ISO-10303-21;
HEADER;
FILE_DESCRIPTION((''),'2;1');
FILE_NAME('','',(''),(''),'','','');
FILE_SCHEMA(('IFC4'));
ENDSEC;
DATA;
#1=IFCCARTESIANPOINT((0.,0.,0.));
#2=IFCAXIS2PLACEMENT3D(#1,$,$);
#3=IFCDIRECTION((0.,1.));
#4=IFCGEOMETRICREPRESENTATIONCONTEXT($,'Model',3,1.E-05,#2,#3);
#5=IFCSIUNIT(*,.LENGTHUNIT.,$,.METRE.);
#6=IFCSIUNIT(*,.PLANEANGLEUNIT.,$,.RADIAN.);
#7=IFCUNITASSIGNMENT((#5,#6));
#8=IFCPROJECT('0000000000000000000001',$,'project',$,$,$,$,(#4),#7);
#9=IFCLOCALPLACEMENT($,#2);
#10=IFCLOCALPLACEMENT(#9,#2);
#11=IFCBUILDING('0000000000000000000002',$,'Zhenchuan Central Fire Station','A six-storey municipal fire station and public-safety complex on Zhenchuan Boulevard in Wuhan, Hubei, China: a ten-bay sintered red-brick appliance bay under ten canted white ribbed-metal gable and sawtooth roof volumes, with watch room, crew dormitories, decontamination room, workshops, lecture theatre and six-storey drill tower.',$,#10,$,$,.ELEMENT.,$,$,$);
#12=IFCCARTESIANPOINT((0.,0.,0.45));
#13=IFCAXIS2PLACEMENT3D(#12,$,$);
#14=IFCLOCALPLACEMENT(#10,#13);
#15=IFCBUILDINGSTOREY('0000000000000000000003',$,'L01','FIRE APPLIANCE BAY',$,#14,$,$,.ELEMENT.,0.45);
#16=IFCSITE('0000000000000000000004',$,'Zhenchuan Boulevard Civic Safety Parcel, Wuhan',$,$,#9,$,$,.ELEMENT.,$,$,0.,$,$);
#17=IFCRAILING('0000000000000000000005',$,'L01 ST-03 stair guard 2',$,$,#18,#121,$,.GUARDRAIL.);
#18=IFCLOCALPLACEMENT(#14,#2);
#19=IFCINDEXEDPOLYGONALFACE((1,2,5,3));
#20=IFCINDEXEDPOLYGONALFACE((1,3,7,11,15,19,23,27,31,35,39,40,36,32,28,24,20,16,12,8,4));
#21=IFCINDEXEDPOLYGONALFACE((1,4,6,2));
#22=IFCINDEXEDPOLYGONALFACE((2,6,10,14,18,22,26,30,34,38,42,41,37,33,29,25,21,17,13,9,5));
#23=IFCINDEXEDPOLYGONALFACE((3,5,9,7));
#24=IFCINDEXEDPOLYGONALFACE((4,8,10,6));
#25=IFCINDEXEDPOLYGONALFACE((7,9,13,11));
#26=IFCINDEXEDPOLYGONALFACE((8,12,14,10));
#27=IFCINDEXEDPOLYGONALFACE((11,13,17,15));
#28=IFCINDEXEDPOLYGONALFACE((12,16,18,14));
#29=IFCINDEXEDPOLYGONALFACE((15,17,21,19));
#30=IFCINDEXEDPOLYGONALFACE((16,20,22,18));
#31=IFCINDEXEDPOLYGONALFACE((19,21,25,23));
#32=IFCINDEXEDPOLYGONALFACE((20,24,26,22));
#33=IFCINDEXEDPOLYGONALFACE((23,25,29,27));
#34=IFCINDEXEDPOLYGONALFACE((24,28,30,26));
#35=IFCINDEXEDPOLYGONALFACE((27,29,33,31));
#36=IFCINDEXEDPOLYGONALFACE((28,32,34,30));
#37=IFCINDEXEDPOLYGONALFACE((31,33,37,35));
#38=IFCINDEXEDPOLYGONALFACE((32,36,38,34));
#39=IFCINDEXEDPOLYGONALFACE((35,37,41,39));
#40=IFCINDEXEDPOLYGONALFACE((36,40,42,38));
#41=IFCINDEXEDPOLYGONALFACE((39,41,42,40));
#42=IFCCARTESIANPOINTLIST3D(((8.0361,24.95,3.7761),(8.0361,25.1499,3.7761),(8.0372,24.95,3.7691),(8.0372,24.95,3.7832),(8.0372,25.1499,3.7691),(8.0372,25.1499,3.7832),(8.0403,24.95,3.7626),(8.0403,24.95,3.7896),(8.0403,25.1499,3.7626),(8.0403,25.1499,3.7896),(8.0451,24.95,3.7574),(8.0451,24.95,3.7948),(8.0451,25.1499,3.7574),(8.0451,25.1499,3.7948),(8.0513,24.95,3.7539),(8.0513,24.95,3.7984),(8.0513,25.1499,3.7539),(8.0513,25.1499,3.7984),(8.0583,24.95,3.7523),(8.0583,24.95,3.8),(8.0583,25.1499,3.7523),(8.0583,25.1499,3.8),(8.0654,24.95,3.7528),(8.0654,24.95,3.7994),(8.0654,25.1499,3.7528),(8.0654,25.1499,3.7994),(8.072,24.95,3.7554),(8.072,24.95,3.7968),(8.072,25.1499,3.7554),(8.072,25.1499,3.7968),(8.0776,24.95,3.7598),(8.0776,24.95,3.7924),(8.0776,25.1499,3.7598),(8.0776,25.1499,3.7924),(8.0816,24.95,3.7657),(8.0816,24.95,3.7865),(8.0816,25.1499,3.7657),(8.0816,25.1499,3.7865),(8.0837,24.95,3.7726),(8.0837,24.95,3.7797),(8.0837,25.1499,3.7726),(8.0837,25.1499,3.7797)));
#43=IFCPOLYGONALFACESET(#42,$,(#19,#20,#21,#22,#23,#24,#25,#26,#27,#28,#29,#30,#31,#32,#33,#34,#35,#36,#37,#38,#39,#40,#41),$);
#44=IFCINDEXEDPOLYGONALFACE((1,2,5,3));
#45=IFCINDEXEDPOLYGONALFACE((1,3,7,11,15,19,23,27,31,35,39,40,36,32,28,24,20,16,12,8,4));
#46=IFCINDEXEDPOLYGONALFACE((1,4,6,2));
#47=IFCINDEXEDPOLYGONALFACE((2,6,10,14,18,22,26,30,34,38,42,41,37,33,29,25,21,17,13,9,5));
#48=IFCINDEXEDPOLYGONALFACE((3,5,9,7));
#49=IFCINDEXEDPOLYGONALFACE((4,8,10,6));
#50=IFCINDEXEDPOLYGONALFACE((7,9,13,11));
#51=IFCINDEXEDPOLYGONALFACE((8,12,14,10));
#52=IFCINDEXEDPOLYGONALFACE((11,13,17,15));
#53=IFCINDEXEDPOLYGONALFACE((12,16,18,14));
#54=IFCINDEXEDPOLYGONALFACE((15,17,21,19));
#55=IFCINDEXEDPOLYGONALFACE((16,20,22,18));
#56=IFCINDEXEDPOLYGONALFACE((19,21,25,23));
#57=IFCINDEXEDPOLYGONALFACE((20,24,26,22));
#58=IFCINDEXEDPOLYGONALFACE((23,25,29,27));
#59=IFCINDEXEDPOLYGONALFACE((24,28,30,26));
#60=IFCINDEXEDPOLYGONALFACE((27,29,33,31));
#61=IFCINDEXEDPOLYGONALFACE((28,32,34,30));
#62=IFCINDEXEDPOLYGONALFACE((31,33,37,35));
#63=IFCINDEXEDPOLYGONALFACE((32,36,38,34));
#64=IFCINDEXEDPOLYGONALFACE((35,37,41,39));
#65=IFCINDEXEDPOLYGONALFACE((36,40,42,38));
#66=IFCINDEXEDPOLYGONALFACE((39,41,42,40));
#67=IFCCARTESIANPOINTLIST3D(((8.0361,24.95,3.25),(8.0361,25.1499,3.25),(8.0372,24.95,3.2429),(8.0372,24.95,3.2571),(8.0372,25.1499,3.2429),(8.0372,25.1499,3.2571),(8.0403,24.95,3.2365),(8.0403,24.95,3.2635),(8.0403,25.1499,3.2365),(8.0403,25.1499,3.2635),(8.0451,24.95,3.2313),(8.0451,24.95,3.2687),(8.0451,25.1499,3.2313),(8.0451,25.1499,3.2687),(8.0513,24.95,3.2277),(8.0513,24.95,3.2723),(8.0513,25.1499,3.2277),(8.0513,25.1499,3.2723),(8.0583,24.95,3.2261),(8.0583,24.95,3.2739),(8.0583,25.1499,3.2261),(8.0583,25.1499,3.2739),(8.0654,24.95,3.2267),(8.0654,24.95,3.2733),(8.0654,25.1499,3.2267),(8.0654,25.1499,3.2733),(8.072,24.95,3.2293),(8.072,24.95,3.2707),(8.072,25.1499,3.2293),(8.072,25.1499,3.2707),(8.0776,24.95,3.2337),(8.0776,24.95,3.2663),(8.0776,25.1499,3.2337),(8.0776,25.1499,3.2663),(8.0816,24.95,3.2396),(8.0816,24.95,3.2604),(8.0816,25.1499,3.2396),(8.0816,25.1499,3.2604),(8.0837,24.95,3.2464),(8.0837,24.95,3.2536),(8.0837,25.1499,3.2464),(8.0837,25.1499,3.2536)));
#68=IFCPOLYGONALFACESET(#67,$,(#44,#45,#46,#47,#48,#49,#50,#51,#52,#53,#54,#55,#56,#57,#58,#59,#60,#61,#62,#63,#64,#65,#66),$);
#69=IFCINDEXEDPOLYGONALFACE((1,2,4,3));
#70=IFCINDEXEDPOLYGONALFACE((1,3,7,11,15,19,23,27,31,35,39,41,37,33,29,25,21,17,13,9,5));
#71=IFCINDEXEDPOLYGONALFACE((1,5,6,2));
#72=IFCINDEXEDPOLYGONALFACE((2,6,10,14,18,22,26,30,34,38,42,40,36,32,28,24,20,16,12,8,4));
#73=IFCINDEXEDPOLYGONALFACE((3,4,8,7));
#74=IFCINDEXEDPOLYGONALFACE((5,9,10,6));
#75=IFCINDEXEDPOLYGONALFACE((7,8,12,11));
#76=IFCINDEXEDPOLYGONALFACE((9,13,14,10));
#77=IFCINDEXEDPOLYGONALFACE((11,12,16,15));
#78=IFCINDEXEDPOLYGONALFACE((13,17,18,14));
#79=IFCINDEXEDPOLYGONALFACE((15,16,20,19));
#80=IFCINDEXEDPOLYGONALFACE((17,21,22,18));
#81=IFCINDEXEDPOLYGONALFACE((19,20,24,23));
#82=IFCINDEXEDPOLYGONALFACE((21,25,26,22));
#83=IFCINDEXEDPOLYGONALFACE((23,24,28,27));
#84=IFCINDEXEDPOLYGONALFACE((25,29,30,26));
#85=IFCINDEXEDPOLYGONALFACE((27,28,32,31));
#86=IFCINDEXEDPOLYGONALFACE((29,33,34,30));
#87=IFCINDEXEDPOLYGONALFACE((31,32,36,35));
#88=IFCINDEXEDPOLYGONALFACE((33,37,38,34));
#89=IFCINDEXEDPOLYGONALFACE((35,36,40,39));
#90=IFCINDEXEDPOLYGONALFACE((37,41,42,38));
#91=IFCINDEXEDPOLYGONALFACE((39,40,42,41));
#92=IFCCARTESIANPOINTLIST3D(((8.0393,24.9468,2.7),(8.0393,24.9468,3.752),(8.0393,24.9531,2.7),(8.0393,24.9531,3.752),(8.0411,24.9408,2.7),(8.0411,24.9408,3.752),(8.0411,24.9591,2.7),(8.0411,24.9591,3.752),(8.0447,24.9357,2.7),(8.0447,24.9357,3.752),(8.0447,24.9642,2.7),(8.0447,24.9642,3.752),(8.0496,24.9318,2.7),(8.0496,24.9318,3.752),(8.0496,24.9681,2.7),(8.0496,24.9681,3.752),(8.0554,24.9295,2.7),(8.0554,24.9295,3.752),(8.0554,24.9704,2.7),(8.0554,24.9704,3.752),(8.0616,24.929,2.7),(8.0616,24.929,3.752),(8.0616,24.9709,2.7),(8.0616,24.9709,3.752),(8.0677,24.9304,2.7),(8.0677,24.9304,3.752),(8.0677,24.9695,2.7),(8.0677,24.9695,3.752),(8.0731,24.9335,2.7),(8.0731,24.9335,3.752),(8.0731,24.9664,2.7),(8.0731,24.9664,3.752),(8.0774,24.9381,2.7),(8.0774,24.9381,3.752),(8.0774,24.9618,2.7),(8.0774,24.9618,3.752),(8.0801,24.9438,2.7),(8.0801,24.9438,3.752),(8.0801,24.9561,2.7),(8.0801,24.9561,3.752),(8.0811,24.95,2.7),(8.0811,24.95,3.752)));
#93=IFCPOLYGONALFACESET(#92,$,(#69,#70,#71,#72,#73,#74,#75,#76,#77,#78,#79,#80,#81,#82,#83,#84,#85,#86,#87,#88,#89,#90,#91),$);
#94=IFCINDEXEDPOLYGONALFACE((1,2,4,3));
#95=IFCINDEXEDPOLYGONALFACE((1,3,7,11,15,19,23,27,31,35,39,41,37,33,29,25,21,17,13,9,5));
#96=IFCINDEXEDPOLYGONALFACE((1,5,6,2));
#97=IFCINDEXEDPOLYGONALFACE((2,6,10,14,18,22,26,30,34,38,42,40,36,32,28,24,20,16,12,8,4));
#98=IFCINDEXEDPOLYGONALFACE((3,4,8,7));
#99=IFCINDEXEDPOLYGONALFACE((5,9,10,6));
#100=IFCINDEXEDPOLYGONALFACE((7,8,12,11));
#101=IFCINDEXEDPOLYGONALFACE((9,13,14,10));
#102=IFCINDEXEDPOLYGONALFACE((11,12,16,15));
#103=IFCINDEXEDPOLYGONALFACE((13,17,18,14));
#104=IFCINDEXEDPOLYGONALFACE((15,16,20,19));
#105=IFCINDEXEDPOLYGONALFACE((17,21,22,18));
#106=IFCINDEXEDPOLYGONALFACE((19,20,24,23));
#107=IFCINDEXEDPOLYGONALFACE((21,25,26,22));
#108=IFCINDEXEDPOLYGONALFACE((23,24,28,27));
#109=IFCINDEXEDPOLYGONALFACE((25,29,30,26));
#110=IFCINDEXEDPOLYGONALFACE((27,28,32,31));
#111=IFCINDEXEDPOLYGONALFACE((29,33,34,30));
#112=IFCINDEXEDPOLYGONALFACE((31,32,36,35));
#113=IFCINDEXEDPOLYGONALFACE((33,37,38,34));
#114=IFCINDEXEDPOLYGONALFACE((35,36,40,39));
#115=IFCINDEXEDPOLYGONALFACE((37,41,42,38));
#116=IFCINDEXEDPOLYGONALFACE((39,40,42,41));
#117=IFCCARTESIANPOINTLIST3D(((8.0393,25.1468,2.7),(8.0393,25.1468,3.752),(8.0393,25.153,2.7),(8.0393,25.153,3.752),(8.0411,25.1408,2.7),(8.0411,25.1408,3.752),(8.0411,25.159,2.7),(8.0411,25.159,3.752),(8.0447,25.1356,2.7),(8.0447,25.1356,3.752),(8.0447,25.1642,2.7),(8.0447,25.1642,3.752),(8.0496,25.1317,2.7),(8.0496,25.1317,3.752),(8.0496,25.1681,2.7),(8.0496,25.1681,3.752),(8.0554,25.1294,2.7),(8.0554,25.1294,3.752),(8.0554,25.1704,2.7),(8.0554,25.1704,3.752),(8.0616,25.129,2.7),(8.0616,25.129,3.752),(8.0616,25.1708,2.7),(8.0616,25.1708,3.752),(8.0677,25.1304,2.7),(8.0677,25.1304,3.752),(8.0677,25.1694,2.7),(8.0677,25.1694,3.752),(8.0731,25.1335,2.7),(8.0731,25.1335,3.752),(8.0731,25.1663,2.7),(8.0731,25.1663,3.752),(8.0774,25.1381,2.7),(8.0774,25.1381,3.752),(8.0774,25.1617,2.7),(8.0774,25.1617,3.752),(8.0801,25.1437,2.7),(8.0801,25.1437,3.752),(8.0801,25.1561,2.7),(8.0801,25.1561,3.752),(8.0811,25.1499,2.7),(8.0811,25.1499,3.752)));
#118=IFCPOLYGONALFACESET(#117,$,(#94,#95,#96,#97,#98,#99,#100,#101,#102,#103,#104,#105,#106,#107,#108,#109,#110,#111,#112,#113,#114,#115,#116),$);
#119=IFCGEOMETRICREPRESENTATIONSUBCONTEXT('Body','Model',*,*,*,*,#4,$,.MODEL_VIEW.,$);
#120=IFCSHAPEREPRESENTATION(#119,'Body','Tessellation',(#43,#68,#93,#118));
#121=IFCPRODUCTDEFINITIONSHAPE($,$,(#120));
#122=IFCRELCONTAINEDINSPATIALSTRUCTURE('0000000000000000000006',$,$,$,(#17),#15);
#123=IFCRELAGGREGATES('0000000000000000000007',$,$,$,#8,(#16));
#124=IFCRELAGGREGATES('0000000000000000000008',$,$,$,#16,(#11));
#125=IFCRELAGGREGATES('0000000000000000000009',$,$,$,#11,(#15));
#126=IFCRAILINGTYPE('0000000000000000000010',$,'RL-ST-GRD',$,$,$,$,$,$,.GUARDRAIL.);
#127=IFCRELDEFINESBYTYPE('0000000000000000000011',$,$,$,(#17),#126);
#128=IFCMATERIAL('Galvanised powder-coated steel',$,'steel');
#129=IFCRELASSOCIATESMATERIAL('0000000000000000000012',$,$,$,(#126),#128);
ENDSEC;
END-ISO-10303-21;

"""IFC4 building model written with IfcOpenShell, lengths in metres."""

from ifc_helpers import new_model, si_unit, direction, frame, origin, origin_2d, place, context, subcontext, project, spatial, circle, extrude, material, type_object, element, save


model = new_model("IFC4")

# Units and contexts
model_context = context("Model", 3, precision=1e-05, world=origin(), true_north=direction((0.0, 1.0)))
body_context = subcontext(model_context, "Body", "Model", "MODEL_VIEW")
ifc_project = project(units=[si_unit("LENGTHUNIT", "METRE"), si_unit("PLANEANGLEUNIT", "RADIAN")], contexts=[model_context])

# Site, building, storey
site_placement = place(None, origin())
site = spatial("IfcSite", under=ifc_project, at=site_placement, Name="Zhenchuan Boulevard Civic Safety Parcel, Wuhan", CompositionType="ELEMENT", RefElevation=0.0)
building_placement = place(site_placement, origin())
building = spatial("IfcBuilding", under=site, at=building_placement, Name="Zhenchuan Central Fire Station", Description="A six-storey municipal fire station and public-safety complex on Zhenchuan Boulevard in Wuhan, Hubei, China: a ten-bay sintered red-brick appliance bay under ten canted white ribbed-metal gable and sawtooth roof volumes, with watch room, crew dormitories, decontamination room, workshops, lecture theatre and six-storey drill tower.", CompositionType="ELEMENT")
storey_placement = place(building_placement, frame((0.0, 0.0, 0.45)))
storey = spatial("IfcBuildingStorey", under=building, at=storey_placement, Name="L01", Description="FIRE APPLIANCE BAY", CompositionType="ELEMENT", Elevation=0.45)

# Railing
ifc_material_1 = material(Name="Galvanised powder-coated steel", Category="steel")
railing_type_1 = type_object("IfcRailingType", Name="RL-ST-GRD", PredefinedType="GUARDRAIL", material=ifc_material_1)
railing_1_placement = place(storey_placement, frame((8.0601, 24.95, 2.7)))
element("IfcRailing", 1, at=railing_1_placement, inside=storey, type_object=railing_type_1, Name="L01 ST-03 stair guard 2", PredefinedType="GUARDRAIL", context=body_context, shape_type="SweptSolid", body=[
    extrude(circle(Radius=0.0239, at=origin_2d()), frame((0.0, 0.0, 1.0762), z_axis=(0.0, 1.0, 0.0), x_axis=(-1.0, 0.0, 0.0)), (0.0, 0.0, 1.0), 0.2),
    extrude(circle(Radius=0.0239, at=origin_2d()), frame((0.0, 0.0, 0.55), z_axis=(0.0, 1.0, 0.0), x_axis=(-1.0, 0.0, 0.0)), (0.0, 0.0, 1.0), 0.2),
    extrude(circle(Radius=0.021, at=origin_2d()), origin(), (0.0, 0.0, 1.0), 1.052),
    extrude(circle(Radius=0.021, at=origin_2d()), frame((0.0, 0.2, 0.0)), (0.0, 0.0, 1.0), 1.052),
])

save(model, "model.ifc")
